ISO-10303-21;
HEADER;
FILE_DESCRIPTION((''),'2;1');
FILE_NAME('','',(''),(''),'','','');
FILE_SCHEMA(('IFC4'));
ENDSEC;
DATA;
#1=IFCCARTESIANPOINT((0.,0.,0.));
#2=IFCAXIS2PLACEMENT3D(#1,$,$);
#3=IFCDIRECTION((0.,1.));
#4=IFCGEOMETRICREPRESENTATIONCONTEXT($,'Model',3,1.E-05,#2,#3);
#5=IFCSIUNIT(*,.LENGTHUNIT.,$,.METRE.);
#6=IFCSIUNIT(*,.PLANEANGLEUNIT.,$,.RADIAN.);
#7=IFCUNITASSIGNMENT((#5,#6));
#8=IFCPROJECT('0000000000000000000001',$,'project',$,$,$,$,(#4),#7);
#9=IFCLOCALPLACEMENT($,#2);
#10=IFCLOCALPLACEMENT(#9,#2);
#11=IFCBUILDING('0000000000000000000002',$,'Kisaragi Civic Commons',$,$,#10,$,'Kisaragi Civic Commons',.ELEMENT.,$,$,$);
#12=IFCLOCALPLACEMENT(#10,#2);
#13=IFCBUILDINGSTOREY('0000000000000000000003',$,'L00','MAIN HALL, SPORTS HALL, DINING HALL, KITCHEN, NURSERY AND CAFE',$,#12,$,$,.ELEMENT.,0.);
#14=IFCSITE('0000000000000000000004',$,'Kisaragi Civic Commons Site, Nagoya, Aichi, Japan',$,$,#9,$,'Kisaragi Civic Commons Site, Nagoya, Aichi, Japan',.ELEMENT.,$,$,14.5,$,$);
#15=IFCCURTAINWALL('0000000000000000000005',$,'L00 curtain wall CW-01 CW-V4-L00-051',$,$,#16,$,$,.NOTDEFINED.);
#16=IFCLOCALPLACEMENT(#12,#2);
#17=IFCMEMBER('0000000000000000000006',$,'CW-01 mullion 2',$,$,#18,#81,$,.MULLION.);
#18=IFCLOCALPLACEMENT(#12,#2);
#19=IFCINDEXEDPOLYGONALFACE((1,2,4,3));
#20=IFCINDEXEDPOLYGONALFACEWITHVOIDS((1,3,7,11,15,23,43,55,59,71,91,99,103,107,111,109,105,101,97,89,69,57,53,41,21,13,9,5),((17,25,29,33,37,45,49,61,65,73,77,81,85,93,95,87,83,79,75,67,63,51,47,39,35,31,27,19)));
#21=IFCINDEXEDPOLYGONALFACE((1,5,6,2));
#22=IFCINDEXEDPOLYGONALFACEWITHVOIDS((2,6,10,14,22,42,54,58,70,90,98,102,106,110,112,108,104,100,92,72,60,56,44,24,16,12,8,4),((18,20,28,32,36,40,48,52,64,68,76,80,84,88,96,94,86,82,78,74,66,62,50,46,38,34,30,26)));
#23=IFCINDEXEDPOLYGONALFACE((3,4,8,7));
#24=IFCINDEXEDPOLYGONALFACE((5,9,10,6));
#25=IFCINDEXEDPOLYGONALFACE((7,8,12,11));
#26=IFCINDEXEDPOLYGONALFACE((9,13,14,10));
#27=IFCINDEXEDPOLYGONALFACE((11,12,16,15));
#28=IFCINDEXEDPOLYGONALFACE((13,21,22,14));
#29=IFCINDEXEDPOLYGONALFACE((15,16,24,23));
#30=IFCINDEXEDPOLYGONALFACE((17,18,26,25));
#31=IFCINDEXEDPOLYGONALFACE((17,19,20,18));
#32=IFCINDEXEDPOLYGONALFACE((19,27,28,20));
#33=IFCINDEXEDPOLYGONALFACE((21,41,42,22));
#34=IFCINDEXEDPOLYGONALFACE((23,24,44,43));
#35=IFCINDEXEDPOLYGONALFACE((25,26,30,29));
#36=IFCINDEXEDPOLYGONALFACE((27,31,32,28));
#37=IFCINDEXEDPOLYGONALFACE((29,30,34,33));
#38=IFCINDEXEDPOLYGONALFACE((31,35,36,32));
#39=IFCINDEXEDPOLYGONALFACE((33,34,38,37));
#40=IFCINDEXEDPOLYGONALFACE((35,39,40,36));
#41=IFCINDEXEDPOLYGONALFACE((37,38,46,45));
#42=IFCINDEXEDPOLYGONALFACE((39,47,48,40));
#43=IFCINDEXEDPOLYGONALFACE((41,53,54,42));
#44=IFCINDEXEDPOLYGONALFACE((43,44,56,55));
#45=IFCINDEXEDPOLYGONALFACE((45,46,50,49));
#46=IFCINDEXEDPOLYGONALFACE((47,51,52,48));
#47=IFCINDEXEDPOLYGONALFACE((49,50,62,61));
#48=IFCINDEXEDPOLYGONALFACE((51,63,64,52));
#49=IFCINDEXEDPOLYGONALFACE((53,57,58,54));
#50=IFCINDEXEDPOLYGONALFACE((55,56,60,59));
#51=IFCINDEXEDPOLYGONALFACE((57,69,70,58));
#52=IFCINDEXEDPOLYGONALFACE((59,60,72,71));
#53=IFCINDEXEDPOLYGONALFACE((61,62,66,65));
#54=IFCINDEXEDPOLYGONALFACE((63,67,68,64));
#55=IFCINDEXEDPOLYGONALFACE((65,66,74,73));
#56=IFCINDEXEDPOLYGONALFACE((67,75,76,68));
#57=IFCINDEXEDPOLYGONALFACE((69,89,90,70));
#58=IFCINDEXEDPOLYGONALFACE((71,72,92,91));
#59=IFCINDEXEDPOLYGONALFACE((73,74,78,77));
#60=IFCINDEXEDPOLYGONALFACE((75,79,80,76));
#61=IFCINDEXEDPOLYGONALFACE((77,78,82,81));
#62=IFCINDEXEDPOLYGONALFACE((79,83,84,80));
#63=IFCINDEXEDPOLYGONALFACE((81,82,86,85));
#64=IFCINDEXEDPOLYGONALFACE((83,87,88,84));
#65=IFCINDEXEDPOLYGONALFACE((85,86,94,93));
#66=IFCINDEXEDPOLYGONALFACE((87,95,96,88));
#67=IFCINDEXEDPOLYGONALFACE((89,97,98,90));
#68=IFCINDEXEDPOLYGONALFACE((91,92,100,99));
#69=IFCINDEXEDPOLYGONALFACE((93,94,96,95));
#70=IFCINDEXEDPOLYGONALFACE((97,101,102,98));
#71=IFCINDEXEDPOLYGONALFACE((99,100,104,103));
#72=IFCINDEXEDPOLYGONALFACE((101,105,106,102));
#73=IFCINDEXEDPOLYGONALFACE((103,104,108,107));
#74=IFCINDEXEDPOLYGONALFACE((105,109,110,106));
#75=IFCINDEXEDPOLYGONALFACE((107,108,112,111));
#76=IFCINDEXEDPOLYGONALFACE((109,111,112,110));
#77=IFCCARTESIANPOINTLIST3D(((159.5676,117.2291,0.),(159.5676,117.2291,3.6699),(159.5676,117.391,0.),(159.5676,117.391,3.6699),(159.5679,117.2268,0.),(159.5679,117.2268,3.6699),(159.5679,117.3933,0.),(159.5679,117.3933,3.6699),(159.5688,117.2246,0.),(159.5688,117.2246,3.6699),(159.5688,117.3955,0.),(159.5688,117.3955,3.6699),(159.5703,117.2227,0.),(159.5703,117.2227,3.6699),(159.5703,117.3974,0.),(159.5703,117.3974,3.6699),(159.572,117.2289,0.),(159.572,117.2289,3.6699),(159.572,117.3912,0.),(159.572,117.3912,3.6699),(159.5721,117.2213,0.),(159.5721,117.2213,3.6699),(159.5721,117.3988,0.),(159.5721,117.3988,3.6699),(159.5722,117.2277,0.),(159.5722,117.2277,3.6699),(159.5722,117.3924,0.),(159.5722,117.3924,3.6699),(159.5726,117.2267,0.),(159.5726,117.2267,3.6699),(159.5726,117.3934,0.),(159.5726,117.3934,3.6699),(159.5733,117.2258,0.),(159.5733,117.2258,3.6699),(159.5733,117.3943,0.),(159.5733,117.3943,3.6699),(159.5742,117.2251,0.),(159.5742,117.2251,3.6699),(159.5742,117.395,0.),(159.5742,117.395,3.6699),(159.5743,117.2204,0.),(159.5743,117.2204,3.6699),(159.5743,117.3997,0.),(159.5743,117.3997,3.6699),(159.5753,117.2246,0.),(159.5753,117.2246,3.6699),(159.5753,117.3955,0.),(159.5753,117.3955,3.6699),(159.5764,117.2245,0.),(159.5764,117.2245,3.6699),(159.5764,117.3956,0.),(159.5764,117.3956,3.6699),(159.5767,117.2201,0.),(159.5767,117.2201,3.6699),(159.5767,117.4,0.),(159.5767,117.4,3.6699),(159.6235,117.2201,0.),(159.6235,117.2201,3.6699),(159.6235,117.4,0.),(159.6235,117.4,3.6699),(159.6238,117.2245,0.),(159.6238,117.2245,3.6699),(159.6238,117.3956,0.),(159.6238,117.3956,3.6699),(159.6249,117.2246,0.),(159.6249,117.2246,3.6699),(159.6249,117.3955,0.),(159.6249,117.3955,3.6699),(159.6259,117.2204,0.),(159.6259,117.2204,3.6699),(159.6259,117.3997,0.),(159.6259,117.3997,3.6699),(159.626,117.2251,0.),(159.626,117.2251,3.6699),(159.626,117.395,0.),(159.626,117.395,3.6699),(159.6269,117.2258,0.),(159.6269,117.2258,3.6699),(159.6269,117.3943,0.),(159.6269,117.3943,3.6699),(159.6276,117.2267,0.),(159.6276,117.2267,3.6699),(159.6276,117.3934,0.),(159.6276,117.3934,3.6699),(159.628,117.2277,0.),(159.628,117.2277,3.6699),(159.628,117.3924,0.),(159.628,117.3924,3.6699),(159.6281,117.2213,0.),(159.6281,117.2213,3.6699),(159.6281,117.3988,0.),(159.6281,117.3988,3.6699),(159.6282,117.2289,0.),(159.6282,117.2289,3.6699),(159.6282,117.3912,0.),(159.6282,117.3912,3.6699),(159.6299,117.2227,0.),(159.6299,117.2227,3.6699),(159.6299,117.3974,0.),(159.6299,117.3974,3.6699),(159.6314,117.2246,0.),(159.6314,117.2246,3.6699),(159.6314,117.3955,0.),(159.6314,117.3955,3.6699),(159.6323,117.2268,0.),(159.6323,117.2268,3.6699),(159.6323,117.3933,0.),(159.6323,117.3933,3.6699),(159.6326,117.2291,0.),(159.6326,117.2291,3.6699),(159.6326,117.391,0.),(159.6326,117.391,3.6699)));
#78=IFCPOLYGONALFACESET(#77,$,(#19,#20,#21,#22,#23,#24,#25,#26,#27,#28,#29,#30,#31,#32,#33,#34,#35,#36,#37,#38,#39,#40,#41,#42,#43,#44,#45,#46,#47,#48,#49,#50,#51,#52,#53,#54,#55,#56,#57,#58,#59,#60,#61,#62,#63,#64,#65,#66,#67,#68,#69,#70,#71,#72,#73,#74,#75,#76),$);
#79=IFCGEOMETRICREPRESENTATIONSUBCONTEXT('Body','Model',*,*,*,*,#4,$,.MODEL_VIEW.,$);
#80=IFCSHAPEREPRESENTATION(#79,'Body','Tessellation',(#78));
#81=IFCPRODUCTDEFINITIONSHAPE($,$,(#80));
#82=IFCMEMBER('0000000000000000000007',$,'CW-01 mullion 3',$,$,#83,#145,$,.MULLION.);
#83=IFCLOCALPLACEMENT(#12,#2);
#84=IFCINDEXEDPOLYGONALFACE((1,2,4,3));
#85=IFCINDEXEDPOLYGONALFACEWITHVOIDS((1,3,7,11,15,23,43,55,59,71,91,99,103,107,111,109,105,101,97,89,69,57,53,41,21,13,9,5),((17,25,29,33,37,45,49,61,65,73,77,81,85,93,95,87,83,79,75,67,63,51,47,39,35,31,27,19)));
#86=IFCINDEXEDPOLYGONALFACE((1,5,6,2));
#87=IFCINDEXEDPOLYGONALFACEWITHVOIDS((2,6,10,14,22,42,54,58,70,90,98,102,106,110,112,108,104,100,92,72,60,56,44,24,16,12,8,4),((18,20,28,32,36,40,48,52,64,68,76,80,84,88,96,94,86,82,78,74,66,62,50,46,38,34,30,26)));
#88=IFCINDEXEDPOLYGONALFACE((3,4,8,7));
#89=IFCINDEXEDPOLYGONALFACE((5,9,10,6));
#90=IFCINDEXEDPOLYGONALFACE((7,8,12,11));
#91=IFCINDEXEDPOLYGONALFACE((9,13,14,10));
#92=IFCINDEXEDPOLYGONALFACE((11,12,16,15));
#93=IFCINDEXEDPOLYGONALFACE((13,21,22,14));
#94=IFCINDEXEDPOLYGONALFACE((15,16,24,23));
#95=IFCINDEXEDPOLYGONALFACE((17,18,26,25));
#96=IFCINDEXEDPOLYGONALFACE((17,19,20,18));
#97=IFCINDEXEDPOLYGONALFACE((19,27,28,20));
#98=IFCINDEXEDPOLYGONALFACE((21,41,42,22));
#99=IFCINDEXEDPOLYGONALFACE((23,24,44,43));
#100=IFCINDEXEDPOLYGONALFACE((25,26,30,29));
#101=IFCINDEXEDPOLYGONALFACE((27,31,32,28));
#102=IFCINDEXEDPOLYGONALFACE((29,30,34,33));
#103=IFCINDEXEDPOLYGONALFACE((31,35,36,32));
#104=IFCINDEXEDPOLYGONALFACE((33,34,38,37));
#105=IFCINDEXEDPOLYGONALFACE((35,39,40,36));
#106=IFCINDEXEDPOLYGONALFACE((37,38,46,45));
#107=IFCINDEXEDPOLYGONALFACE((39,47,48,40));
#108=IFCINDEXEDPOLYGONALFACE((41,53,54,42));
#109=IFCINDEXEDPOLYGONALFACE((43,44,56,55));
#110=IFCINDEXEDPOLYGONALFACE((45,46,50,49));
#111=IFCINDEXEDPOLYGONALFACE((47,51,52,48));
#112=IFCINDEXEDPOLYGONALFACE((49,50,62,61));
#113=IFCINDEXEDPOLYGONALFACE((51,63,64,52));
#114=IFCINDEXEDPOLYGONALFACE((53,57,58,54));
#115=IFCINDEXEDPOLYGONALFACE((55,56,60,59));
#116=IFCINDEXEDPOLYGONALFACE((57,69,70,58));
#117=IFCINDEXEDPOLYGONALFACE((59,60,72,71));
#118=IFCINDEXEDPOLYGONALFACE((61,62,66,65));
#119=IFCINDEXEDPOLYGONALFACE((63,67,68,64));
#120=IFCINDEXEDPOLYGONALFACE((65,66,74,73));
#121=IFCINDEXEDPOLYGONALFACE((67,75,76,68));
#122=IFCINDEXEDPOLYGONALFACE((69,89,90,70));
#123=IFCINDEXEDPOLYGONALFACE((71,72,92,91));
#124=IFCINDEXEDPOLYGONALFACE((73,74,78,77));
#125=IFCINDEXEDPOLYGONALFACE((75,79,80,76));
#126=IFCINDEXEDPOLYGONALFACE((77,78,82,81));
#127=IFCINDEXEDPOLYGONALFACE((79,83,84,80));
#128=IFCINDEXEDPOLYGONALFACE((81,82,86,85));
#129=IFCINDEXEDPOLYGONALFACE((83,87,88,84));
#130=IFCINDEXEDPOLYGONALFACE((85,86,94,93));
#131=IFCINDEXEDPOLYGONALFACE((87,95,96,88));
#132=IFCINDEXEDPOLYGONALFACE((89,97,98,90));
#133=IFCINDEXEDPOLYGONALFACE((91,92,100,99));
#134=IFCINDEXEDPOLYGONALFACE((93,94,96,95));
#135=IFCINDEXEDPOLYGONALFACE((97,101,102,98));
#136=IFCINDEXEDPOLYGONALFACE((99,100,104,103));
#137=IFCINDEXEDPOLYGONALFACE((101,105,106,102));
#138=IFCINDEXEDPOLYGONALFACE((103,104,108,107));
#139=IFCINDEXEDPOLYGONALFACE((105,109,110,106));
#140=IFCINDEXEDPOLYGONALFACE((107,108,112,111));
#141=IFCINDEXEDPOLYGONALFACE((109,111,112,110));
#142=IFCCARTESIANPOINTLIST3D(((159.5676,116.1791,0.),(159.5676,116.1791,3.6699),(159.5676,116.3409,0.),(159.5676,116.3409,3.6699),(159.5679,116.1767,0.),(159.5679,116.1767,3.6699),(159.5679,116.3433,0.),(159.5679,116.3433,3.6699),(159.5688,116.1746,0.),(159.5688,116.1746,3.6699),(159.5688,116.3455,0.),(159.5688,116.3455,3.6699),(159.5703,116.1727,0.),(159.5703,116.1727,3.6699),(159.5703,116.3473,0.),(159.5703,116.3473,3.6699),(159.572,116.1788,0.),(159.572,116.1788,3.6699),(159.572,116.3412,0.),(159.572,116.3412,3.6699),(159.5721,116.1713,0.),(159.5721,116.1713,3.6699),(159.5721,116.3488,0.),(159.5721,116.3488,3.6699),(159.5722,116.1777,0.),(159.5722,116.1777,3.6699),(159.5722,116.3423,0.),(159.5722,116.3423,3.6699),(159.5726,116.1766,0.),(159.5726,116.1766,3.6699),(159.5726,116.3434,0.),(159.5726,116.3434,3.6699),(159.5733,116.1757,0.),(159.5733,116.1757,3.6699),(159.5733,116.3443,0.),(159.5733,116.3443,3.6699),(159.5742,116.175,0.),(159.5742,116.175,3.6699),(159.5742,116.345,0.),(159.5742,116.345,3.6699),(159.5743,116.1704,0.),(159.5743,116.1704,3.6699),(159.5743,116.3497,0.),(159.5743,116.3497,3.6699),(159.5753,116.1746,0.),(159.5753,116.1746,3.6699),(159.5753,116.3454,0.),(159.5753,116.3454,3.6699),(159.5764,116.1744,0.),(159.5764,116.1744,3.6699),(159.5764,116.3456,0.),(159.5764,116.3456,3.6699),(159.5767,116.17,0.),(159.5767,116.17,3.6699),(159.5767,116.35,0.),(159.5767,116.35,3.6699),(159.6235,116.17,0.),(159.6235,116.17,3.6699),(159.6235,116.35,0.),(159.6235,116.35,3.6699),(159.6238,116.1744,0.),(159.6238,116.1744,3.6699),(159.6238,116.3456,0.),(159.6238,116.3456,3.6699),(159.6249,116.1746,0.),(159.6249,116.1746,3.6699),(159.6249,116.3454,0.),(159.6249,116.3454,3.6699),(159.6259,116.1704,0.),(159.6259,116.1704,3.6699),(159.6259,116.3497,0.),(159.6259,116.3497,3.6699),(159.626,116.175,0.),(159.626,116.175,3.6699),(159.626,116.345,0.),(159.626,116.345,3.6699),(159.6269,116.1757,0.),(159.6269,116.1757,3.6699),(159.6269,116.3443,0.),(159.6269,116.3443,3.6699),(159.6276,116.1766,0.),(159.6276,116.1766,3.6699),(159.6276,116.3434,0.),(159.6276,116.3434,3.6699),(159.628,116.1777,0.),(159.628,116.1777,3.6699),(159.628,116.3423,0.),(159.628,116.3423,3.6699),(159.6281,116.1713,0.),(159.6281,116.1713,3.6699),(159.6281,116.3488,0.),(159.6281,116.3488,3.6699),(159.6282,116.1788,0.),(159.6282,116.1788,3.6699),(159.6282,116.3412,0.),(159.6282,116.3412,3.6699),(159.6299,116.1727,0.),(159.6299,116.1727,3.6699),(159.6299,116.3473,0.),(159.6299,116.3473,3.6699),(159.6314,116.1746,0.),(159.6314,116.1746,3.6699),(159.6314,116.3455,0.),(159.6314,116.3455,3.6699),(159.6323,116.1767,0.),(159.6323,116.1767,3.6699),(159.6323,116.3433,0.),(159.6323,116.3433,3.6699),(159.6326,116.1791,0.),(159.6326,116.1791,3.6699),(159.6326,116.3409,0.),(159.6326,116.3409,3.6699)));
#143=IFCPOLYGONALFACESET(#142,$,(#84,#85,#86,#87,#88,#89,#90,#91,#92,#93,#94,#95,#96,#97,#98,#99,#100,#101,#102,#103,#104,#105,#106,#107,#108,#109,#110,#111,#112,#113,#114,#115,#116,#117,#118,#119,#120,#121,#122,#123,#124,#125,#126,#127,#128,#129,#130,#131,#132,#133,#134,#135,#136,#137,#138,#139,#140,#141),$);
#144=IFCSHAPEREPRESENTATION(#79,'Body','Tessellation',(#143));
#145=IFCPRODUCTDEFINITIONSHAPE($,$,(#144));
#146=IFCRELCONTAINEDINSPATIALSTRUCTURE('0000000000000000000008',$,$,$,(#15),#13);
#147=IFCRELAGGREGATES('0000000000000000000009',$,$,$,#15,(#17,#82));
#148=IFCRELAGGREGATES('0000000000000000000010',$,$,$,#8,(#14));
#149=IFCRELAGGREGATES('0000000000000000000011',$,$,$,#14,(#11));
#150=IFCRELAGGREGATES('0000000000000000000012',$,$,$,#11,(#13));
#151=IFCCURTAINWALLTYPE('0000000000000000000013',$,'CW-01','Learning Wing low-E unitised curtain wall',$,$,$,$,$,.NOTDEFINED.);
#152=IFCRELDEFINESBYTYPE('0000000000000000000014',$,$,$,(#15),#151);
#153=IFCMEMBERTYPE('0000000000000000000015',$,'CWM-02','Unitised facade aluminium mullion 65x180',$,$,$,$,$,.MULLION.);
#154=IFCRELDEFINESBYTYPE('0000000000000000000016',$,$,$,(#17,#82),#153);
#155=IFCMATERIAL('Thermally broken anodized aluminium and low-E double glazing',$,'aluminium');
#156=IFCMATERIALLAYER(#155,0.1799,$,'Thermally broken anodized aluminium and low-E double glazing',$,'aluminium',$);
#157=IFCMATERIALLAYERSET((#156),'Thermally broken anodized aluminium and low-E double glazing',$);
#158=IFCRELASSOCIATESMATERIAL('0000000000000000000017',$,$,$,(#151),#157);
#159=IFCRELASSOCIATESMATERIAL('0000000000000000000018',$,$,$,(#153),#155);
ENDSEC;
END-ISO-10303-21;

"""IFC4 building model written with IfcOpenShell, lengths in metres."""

from ifc_helpers import new_model, si_unit, direction, frame, origin, origin_2d, place, context, subcontext, project, spatial, hollow_rectangle, extrude, material, layer, layer_set, material_profile, profile_set, type_object, element, aggregate, save


model = new_model("IFC4")

# Units and contexts
model_context = context("Model", 3, precision=1e-05, world=origin(), true_north=direction((0.0, 1.0)))
body_context = subcontext(model_context, "Body", "Model", "MODEL_VIEW")
ifc_project = project(units=[si_unit("LENGTHUNIT", "METRE"), si_unit("PLANEANGLEUNIT", "RADIAN")], contexts=[model_context])

# Site, building, storey
site_placement = place(None, origin())
site = spatial("IfcSite", under=ifc_project, at=site_placement, Name="Kisaragi Civic Commons Site, Nagoya, Aichi, Japan", LongName="Kisaragi Civic Commons Site, Nagoya, Aichi, Japan", CompositionType="ELEMENT", RefElevation=14.5)
building_placement = place(site_placement, origin())
building = spatial("IfcBuilding", under=site, at=building_placement, Name="Kisaragi Civic Commons", LongName="Kisaragi Civic Commons", CompositionType="ELEMENT")
storey_placement = place(building_placement, origin())
storey = spatial("IfcBuildingStorey", under=building, at=storey_placement, Name="L00", Description="MAIN HALL, SPORTS HALL, DINING HALL, KITCHEN, NURSERY AND CAFE", CompositionType="ELEMENT", Elevation=0.0)

# Curtain wall, members
ifc_material_1 = material(Name="Thermally broken anodized aluminium and low-E double glazing", Category="aluminium")
ifc_layer_1 = layer(ifc_material_1, 0.1799, Name="Thermally broken anodized aluminium and low-E double glazing", Category="aluminium")
ifc_layer_set_1 = layer_set([ifc_layer_1], Name="Thermally broken anodized aluminium and low-E double glazing")
curtain_wall_type = type_object("IfcCurtainWallType", Name="CW-01", Description="Learning Wing low-E unitised curtain wall", PredefinedType="NOTDEFINED", material=ifc_layer_set_1)
curtain_wall_1_placement = place(storey_placement, origin())
curtain_wall_1 = element("IfcCurtainWall", 1, at=curtain_wall_1_placement, inside=storey, type_object=curtain_wall_type, Name="L00 curtain wall CW-01 CW-V4-L00-051", PredefinedType="NOTDEFINED")
ifc_material_profile_1 = material_profile(ifc_material_1, hollow_rectangle(XDim=0.0649, YDim=0.1799, WallThickness=0.0044, InnerFilletRadius=0.0044, OuterFilletRadius=0.009, at=origin_2d()), Name="CWM-65x180x4.5", Category="aluminium")
ifc_profile_set_1 = profile_set([ifc_material_profile_1], Name="Thermally broken anodized aluminium and low-E double glazing")
member_type_1 = type_object("IfcMemberType", Name="CWM-02", Description="Unitised facade aluminium mullion 65x180", PredefinedType="MULLION", material=ifc_profile_set_1)
member_1_placement = place(storey_placement, frame((159.6001, 117.3101, 0.0), z_axis=(0.0, 0.0, 1.0), x_axis=(1.0, 0.0, 0.0)))
member_1 = element("IfcMember", 2, at=member_1_placement, type_object=member_type_1, Name="CW-01 mullion 2", PredefinedType="MULLION", context=body_context, shape_type="SweptSolid", body=[
    extrude(hollow_rectangle(XDim=0.0649, YDim=0.1799, WallThickness=0.0044, InnerFilletRadius=0.0044, OuterFilletRadius=0.009, at=origin_2d()), origin(), (0.0, 0.0, 1.0), 3.6699),
])
member_2_placement = place(storey_placement, frame((159.6001, 116.26, 0.0), z_axis=(0.0, 0.0, 1.0), x_axis=(1.0, 0.0, 0.0)))
member_2 = element("IfcMember", 3, at=member_2_placement, type_object=member_type_1, Name="CW-01 mullion 3", PredefinedType="MULLION", context=body_context, shape_type="SweptSolid", body=[
    extrude(hollow_rectangle(XDim=0.0649, YDim=0.1799, WallThickness=0.0044, InnerFilletRadius=0.0044, OuterFilletRadius=0.009, at=origin_2d()), origin(), (0.0, 0.0, 1.0), 3.6699),
])

aggregate(curtain_wall_1, [member_1, member_2])

save(model, "model.ifc")
